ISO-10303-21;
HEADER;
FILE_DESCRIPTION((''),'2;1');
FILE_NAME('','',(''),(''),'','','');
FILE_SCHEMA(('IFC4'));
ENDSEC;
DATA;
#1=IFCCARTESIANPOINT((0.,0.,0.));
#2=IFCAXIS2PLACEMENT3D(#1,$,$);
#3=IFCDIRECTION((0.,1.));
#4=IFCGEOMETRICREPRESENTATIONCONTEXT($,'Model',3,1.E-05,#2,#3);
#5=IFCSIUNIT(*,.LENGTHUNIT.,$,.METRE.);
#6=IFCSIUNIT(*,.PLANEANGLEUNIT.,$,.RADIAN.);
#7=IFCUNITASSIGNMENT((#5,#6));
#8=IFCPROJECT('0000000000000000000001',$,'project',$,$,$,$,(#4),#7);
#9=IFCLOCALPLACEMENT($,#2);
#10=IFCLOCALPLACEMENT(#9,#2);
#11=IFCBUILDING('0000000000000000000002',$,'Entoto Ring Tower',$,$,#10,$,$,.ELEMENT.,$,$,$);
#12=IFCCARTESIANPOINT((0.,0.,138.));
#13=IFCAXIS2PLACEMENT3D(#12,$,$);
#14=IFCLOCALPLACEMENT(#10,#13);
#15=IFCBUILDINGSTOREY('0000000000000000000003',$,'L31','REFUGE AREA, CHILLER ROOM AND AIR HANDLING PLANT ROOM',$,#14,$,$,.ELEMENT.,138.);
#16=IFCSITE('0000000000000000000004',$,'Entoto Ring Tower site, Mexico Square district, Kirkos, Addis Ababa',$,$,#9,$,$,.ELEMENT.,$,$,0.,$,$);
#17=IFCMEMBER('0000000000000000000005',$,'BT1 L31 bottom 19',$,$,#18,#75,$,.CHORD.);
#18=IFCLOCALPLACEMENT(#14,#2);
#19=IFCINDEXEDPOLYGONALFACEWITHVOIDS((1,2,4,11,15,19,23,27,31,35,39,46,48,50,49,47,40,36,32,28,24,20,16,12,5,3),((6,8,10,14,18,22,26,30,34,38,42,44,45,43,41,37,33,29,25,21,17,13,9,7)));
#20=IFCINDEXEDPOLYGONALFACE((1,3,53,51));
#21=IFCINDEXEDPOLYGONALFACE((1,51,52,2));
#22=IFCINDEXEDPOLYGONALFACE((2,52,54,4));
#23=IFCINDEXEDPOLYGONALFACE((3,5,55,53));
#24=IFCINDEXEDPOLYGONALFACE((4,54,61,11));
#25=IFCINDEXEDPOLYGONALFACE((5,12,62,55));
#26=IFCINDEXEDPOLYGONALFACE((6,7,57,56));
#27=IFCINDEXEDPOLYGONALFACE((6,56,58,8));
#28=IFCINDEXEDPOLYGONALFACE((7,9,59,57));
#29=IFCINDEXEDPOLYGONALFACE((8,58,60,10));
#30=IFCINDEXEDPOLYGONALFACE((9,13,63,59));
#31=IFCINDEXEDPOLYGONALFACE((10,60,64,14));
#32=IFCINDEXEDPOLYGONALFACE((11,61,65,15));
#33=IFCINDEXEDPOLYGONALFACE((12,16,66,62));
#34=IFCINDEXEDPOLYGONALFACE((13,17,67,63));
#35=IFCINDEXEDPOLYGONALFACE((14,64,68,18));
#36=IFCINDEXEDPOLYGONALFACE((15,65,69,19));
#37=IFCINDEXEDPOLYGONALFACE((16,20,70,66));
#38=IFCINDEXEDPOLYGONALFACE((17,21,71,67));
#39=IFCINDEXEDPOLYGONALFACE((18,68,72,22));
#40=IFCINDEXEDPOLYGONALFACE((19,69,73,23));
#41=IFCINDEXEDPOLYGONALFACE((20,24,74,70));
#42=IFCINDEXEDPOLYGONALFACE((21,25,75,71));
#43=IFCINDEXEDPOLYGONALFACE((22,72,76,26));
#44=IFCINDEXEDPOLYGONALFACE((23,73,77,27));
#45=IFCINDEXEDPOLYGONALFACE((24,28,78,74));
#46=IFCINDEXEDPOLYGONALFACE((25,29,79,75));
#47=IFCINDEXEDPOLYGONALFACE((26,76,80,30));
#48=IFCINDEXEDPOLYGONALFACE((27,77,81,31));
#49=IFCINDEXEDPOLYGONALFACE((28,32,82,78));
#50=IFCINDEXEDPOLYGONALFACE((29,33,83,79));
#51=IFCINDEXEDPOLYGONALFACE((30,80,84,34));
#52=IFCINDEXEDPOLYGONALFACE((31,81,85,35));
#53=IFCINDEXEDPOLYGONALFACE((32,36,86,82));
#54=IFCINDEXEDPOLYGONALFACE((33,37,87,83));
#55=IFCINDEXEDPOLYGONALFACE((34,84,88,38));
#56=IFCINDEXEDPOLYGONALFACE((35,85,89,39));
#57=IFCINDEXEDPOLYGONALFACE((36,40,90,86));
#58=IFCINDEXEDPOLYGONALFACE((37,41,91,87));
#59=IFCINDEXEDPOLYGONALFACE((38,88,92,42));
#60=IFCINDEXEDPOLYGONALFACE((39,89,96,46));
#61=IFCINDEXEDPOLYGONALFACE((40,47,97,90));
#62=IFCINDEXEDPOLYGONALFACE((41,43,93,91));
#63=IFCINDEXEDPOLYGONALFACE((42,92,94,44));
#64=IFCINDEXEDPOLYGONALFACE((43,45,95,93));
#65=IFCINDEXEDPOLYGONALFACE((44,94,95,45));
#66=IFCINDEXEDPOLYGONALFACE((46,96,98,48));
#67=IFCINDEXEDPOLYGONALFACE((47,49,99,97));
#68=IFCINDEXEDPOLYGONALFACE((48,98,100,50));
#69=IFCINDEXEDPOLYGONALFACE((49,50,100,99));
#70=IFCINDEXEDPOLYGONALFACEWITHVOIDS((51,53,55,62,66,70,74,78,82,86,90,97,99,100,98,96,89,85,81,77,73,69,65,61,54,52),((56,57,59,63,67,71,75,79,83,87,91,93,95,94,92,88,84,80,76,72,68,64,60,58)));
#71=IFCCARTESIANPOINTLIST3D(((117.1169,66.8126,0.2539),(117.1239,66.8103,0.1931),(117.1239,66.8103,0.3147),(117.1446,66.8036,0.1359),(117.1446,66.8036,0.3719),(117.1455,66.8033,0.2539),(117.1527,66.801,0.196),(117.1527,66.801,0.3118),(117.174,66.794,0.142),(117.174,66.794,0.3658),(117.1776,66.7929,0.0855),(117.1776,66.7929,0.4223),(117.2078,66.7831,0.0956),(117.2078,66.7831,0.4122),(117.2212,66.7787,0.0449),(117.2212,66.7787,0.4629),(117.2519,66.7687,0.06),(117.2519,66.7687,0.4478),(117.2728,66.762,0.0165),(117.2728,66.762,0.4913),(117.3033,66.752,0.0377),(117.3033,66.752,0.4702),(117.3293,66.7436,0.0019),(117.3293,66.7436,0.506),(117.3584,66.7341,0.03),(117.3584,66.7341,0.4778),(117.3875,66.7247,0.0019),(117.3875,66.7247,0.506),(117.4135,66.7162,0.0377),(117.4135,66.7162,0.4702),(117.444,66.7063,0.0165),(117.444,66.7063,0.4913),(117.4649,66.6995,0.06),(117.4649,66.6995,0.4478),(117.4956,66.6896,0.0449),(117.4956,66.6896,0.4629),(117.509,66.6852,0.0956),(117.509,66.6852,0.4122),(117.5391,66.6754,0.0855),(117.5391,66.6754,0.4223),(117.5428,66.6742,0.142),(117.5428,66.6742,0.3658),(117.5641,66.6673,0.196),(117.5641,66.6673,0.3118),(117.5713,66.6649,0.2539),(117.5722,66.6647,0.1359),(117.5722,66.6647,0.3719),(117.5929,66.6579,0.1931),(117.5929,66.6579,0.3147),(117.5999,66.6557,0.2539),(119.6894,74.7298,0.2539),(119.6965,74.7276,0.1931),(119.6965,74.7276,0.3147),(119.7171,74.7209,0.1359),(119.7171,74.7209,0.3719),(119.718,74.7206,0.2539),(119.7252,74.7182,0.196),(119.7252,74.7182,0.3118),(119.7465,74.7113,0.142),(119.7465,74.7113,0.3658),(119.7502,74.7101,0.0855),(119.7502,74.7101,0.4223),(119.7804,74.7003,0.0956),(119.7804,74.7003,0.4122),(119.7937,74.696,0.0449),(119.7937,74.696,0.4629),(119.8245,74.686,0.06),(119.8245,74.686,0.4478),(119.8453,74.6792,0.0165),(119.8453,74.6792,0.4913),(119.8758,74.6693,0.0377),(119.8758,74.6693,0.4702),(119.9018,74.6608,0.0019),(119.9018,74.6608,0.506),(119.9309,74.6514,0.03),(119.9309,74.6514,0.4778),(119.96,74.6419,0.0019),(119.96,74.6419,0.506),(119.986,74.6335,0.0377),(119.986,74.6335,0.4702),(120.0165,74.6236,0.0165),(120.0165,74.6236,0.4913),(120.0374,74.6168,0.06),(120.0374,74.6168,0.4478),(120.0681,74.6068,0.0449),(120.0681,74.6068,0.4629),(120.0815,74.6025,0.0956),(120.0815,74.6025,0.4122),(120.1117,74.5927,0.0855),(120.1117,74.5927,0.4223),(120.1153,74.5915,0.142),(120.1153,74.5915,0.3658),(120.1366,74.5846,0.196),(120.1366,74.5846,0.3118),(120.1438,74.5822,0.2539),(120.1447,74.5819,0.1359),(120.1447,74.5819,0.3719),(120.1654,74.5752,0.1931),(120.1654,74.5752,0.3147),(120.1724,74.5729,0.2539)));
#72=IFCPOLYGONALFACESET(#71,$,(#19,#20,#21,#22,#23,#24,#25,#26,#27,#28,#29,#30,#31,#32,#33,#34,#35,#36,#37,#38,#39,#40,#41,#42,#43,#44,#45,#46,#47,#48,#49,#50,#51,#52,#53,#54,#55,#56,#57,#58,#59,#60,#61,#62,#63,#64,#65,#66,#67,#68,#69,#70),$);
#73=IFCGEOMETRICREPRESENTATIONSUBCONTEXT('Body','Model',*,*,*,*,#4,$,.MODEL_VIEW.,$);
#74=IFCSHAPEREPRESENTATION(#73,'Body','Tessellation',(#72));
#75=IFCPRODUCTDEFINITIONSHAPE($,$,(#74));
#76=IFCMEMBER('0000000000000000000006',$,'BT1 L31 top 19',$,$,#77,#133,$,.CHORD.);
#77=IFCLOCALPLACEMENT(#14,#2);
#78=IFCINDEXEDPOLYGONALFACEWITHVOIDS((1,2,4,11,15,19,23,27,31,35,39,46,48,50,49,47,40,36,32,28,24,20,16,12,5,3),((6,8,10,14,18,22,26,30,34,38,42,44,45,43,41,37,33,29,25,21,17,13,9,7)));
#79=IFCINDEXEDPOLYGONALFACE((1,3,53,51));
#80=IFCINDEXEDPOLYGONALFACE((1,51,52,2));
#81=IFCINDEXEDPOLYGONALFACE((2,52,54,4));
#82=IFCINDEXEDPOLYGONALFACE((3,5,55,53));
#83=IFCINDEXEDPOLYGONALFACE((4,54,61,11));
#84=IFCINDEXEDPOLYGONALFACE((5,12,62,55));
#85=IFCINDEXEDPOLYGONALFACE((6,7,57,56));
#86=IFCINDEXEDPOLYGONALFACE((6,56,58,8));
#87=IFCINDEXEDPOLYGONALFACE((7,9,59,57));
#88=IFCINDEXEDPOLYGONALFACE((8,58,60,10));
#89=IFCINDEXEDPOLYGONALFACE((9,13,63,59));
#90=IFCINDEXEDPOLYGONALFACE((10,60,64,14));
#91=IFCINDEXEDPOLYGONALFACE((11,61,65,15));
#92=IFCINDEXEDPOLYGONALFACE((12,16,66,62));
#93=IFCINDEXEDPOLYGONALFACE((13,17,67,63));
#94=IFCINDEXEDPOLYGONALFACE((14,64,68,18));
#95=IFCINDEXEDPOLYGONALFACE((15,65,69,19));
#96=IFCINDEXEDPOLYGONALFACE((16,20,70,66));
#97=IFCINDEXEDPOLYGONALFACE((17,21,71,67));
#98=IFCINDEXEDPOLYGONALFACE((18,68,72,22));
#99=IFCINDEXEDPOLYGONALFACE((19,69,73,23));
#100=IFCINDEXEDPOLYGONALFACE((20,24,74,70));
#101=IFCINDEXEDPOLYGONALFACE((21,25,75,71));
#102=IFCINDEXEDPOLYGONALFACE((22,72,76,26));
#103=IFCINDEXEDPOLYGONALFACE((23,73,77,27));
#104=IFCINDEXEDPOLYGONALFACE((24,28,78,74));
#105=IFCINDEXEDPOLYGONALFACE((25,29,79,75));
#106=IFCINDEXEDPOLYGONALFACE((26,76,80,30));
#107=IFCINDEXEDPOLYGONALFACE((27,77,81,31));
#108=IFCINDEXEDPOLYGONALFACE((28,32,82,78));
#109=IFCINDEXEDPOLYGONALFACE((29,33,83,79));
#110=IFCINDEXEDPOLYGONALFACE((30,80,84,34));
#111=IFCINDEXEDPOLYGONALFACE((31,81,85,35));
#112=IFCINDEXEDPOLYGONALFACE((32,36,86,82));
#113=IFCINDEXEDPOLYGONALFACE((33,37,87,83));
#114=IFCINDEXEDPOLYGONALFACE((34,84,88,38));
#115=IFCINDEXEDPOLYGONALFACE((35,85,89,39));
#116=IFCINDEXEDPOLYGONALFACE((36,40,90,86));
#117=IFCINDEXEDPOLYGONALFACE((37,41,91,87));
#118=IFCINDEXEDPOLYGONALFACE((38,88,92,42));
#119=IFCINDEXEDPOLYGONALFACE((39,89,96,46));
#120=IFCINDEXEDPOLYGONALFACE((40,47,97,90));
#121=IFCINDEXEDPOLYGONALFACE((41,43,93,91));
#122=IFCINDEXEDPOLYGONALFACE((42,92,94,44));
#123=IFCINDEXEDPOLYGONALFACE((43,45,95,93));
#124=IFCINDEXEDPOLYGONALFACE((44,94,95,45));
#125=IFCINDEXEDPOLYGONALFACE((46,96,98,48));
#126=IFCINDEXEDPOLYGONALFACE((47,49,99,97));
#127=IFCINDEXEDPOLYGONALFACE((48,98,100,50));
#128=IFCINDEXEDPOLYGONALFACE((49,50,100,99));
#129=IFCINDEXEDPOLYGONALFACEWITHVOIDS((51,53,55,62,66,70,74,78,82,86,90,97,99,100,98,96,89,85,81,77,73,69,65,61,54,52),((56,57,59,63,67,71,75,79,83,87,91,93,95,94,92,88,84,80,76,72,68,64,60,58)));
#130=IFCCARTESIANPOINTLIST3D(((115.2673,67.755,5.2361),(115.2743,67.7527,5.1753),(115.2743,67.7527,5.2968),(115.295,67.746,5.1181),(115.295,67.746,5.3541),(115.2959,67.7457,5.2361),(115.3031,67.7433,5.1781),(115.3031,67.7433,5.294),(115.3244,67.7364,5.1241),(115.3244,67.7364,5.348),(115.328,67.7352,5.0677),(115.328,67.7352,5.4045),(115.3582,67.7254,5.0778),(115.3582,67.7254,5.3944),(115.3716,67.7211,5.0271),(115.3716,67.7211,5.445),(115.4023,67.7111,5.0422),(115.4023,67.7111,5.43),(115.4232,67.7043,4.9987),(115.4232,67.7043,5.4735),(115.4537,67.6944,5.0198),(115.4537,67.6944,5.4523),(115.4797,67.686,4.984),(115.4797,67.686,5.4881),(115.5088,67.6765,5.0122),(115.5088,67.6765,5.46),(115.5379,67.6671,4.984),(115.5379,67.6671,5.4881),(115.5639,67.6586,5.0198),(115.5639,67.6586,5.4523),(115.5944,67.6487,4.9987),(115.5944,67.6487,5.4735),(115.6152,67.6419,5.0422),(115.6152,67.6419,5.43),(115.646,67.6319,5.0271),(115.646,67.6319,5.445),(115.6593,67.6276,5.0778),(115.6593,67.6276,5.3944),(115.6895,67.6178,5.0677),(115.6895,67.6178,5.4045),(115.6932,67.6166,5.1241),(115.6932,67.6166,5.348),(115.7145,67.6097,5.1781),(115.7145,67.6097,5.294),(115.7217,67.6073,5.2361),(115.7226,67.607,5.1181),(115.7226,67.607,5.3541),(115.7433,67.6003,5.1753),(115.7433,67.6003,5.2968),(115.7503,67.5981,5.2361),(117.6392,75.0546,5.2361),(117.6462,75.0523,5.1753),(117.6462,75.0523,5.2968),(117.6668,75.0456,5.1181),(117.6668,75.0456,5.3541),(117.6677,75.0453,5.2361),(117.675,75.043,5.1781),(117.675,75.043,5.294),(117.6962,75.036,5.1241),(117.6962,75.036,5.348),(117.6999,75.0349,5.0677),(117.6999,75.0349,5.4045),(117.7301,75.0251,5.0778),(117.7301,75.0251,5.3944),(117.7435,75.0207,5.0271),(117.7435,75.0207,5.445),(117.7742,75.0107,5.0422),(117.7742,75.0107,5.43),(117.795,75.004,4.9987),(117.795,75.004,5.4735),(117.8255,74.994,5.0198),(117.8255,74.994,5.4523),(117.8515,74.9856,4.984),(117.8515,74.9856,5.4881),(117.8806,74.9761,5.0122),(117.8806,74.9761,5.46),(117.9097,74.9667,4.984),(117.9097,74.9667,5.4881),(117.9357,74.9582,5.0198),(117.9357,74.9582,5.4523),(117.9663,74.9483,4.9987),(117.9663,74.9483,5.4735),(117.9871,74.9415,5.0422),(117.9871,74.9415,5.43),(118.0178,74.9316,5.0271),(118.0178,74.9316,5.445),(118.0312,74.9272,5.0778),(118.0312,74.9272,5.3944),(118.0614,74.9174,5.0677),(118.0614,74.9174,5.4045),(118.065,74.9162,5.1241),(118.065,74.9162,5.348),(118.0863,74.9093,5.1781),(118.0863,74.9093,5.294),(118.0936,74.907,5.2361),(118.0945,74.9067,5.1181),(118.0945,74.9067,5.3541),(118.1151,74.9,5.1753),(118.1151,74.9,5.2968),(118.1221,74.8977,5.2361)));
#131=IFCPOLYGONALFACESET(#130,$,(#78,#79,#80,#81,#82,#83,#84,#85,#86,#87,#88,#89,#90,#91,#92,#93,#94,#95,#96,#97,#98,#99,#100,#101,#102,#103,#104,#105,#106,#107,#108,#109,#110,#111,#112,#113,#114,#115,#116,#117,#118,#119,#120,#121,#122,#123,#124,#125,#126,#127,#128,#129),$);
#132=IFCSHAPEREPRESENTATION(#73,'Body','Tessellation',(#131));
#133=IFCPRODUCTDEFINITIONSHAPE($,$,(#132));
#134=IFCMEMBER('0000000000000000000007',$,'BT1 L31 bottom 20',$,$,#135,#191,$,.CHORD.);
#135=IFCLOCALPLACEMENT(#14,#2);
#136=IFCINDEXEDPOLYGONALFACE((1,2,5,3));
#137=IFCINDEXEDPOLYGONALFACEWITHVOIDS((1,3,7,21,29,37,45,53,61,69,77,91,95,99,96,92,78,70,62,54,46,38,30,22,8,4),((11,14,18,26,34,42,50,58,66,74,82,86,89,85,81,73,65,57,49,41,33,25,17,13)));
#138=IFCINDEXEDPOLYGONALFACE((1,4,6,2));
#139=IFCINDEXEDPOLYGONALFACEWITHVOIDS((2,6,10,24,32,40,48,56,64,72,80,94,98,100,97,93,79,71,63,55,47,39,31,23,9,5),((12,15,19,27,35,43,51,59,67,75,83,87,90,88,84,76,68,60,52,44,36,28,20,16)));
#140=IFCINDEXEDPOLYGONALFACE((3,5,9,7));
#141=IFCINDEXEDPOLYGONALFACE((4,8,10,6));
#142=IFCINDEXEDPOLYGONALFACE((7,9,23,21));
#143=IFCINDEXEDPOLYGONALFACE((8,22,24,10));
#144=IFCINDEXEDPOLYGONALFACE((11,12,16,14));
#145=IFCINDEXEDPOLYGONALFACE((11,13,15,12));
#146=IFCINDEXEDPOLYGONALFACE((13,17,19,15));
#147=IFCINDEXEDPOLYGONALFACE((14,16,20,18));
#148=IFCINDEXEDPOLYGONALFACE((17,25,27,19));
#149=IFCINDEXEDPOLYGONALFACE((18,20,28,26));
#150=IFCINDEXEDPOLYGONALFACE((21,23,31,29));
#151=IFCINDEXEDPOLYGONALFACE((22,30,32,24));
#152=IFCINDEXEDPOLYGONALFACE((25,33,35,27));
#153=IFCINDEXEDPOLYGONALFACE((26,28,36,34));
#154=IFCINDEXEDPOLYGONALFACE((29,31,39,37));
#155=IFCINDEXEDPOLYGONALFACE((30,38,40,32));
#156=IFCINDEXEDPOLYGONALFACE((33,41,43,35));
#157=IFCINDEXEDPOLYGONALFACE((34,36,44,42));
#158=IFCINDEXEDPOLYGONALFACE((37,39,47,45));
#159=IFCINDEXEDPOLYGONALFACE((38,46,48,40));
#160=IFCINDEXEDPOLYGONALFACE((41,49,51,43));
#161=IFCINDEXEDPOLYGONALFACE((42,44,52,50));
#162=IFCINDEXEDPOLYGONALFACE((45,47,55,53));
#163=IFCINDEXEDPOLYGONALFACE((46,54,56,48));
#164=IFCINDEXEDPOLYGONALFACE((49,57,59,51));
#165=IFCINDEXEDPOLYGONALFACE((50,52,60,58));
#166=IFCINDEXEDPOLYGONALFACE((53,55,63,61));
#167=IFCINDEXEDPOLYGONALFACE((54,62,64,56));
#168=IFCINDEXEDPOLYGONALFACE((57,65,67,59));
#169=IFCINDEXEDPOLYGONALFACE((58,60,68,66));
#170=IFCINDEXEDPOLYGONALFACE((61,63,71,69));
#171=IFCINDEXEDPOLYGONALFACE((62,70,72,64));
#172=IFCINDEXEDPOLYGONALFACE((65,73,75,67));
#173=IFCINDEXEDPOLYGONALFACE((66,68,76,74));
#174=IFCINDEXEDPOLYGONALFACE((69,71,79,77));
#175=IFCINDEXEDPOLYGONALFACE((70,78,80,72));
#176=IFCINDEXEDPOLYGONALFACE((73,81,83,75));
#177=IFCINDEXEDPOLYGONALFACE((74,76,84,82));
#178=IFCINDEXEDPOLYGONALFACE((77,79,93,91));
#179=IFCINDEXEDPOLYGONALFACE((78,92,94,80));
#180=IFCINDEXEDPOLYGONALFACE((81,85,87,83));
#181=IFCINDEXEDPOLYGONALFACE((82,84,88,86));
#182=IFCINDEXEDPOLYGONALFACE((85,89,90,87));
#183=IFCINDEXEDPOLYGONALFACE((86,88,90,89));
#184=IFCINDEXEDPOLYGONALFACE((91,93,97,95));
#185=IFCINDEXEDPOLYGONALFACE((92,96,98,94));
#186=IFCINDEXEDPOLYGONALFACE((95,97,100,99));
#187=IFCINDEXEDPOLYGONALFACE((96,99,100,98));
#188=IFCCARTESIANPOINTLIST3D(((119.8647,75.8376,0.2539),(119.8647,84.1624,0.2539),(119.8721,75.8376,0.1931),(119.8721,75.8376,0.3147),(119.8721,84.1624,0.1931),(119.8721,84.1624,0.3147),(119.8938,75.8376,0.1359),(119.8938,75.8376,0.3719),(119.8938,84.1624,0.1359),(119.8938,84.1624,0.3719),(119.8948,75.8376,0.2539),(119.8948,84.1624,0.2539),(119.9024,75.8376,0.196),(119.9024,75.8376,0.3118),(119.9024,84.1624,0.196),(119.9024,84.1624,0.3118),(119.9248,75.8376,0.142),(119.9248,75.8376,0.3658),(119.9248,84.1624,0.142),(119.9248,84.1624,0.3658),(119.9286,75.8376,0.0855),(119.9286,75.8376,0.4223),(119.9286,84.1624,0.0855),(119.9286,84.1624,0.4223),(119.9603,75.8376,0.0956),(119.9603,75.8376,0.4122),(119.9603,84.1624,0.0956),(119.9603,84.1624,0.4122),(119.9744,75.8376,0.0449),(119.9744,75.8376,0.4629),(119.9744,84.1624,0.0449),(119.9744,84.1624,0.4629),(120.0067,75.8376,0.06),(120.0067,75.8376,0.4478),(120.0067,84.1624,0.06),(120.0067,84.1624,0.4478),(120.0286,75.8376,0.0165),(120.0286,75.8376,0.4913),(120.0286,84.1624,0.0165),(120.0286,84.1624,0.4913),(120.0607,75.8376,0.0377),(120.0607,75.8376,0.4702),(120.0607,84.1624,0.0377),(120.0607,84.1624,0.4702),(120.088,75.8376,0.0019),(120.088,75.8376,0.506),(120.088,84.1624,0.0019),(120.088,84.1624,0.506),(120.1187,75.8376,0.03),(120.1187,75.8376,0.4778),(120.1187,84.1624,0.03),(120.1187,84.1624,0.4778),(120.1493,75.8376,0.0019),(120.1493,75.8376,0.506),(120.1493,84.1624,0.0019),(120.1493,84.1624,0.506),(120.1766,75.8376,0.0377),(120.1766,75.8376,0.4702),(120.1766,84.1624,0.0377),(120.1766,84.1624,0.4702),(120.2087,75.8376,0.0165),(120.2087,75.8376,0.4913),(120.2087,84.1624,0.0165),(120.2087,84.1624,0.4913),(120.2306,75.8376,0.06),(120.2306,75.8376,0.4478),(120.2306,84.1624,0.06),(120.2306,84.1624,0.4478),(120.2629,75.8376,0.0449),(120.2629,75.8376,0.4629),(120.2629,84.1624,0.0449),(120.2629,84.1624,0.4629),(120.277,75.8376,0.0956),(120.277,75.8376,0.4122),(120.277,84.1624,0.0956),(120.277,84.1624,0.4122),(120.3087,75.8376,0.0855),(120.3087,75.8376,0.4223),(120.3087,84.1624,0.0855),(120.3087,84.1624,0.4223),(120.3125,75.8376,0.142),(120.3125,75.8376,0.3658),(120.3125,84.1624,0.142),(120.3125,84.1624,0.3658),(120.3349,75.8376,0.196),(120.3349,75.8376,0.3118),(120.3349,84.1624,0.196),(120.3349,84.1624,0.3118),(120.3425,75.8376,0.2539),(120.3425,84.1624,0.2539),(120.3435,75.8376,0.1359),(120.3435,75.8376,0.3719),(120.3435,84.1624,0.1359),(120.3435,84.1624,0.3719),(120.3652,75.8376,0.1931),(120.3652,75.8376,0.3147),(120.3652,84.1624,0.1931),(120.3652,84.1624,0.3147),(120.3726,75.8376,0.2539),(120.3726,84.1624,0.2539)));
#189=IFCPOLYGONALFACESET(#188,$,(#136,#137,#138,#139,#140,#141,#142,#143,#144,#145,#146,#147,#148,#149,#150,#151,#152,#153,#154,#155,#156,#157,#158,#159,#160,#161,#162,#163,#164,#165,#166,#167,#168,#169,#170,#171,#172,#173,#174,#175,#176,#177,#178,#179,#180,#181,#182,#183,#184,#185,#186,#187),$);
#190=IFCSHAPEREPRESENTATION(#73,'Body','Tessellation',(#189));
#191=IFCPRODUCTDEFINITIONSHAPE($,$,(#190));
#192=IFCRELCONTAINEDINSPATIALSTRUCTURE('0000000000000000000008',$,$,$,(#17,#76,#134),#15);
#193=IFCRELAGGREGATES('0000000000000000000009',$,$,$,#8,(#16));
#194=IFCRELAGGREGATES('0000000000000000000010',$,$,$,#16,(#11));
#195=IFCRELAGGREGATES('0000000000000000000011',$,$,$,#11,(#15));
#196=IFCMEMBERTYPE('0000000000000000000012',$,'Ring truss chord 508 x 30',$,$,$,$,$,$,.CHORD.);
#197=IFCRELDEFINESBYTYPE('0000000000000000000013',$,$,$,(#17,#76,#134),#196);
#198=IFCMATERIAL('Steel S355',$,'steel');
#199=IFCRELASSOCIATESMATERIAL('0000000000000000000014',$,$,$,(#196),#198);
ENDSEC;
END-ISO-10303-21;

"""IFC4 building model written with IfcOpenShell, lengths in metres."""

from ifc_helpers import new_model, si_unit, direction, frame, origin, origin_2d, place, context, subcontext, project, spatial, circle, hollow_circle, extrude, material, material_profile, profile_set, type_object, element, save


model = new_model("IFC4")

# Units and contexts
model_context = context("Model", 3, precision=1e-05, world=origin(), true_north=direction((0.0, 1.0)))
body_context = subcontext(model_context, "Body", "Model", "MODEL_VIEW")
ifc_project = project(units=[si_unit("LENGTHUNIT", "METRE"), si_unit("PLANEANGLEUNIT", "RADIAN")], contexts=[model_context])

# Site, building, storey
site_placement = place(None, origin())
site = spatial("IfcSite", under=ifc_project, at=site_placement, Name="Entoto Ring Tower site, Mexico Square district, Kirkos, Addis Ababa", CompositionType="ELEMENT", RefElevation=0.0)
building_placement = place(site_placement, origin())
building = spatial("IfcBuilding", under=site, at=building_placement, Name="Entoto Ring Tower", CompositionType="ELEMENT")
storey_placement = place(building_placement, frame((0.0, 0.0, 138.0)))
storey = spatial("IfcBuildingStorey", under=building, at=storey_placement, Name="L31", Description="REFUGE AREA, CHILLER ROOM AND AIR HANDLING PLANT ROOM", CompositionType="ELEMENT", Elevation=138.0)

# Members
ifc_material_1 = material(Name="Steel S355", Category="steel")
ifc_material_profile_1 = material_profile(ifc_material_1, hollow_circle(Radius=0.2539, WallThickness=0.03, at=origin_2d()), Name="CHS 508 x 30")
ifc_material_2 = material(Name="Concrete C60/75", Category="concrete")
ifc_material_profile_2 = material_profile(ifc_material_2, circle(Radius=0.2241, at=origin_2d()), Name="Concrete C60/75 infill")
ifc_profile_set_1 = profile_set([ifc_material_profile_1, ifc_material_profile_2], Name="Steel S355")
member_type_1 = type_object("IfcMemberType", Name="Ring truss chord 508 x 30", PredefinedType="CHORD", material=ifc_profile_set_1)
member_1_placement = place(storey_placement, frame((117.3584, 66.7341, 0.2539), z_axis=(0.309022, 0.951055, 0.0), x_axis=(-0.951055, 0.309022, 0.0)))
element("IfcMember", 1, at=member_1_placement, inside=storey, type_object=member_type_1, Name="BT1 L31 bottom 19", PredefinedType="CHORD", context=body_context, shape_type="SweptSolid", body=[
    extrude(hollow_circle(Radius=0.2539, WallThickness=0.03, at=origin_2d()), origin(), (0.0, 0.0, 1.0), 8.3247),
])
member_2_placement = place(storey_placement, frame((115.5088, 67.6765, 5.2361), z_axis=(0.309023, 0.951054, 0.0), x_axis=(-0.951054, 0.309023, 0.0)))
element("IfcMember", 2, at=member_2_placement, inside=storey, type_object=member_type_1, Name="BT1 L31 top 19", PredefinedType="CHORD", context=body_context, shape_type="SweptSolid", body=[
    extrude(hollow_circle(Radius=0.2539, WallThickness=0.03, at=origin_2d()), origin(), (0.0, 0.0, 1.0), 7.6753),
])
member_3_placement = place(storey_placement, frame((120.1187, 75.8376, 0.2539), z_axis=(0.0, 1.0, 0.0), x_axis=(-1.0, 0.0, 0.0)))
element("IfcMember", 3, at=member_3_placement, inside=storey, type_object=member_type_1, Name="BT1 L31 bottom 20", PredefinedType="CHORD", context=body_context, shape_type="SweptSolid", body=[
    extrude(hollow_circle(Radius=0.2539, WallThickness=0.03, at=origin_2d()), origin(), (0.0, 0.0, 1.0), 8.3247),
])

save(model, "model.ifc")
